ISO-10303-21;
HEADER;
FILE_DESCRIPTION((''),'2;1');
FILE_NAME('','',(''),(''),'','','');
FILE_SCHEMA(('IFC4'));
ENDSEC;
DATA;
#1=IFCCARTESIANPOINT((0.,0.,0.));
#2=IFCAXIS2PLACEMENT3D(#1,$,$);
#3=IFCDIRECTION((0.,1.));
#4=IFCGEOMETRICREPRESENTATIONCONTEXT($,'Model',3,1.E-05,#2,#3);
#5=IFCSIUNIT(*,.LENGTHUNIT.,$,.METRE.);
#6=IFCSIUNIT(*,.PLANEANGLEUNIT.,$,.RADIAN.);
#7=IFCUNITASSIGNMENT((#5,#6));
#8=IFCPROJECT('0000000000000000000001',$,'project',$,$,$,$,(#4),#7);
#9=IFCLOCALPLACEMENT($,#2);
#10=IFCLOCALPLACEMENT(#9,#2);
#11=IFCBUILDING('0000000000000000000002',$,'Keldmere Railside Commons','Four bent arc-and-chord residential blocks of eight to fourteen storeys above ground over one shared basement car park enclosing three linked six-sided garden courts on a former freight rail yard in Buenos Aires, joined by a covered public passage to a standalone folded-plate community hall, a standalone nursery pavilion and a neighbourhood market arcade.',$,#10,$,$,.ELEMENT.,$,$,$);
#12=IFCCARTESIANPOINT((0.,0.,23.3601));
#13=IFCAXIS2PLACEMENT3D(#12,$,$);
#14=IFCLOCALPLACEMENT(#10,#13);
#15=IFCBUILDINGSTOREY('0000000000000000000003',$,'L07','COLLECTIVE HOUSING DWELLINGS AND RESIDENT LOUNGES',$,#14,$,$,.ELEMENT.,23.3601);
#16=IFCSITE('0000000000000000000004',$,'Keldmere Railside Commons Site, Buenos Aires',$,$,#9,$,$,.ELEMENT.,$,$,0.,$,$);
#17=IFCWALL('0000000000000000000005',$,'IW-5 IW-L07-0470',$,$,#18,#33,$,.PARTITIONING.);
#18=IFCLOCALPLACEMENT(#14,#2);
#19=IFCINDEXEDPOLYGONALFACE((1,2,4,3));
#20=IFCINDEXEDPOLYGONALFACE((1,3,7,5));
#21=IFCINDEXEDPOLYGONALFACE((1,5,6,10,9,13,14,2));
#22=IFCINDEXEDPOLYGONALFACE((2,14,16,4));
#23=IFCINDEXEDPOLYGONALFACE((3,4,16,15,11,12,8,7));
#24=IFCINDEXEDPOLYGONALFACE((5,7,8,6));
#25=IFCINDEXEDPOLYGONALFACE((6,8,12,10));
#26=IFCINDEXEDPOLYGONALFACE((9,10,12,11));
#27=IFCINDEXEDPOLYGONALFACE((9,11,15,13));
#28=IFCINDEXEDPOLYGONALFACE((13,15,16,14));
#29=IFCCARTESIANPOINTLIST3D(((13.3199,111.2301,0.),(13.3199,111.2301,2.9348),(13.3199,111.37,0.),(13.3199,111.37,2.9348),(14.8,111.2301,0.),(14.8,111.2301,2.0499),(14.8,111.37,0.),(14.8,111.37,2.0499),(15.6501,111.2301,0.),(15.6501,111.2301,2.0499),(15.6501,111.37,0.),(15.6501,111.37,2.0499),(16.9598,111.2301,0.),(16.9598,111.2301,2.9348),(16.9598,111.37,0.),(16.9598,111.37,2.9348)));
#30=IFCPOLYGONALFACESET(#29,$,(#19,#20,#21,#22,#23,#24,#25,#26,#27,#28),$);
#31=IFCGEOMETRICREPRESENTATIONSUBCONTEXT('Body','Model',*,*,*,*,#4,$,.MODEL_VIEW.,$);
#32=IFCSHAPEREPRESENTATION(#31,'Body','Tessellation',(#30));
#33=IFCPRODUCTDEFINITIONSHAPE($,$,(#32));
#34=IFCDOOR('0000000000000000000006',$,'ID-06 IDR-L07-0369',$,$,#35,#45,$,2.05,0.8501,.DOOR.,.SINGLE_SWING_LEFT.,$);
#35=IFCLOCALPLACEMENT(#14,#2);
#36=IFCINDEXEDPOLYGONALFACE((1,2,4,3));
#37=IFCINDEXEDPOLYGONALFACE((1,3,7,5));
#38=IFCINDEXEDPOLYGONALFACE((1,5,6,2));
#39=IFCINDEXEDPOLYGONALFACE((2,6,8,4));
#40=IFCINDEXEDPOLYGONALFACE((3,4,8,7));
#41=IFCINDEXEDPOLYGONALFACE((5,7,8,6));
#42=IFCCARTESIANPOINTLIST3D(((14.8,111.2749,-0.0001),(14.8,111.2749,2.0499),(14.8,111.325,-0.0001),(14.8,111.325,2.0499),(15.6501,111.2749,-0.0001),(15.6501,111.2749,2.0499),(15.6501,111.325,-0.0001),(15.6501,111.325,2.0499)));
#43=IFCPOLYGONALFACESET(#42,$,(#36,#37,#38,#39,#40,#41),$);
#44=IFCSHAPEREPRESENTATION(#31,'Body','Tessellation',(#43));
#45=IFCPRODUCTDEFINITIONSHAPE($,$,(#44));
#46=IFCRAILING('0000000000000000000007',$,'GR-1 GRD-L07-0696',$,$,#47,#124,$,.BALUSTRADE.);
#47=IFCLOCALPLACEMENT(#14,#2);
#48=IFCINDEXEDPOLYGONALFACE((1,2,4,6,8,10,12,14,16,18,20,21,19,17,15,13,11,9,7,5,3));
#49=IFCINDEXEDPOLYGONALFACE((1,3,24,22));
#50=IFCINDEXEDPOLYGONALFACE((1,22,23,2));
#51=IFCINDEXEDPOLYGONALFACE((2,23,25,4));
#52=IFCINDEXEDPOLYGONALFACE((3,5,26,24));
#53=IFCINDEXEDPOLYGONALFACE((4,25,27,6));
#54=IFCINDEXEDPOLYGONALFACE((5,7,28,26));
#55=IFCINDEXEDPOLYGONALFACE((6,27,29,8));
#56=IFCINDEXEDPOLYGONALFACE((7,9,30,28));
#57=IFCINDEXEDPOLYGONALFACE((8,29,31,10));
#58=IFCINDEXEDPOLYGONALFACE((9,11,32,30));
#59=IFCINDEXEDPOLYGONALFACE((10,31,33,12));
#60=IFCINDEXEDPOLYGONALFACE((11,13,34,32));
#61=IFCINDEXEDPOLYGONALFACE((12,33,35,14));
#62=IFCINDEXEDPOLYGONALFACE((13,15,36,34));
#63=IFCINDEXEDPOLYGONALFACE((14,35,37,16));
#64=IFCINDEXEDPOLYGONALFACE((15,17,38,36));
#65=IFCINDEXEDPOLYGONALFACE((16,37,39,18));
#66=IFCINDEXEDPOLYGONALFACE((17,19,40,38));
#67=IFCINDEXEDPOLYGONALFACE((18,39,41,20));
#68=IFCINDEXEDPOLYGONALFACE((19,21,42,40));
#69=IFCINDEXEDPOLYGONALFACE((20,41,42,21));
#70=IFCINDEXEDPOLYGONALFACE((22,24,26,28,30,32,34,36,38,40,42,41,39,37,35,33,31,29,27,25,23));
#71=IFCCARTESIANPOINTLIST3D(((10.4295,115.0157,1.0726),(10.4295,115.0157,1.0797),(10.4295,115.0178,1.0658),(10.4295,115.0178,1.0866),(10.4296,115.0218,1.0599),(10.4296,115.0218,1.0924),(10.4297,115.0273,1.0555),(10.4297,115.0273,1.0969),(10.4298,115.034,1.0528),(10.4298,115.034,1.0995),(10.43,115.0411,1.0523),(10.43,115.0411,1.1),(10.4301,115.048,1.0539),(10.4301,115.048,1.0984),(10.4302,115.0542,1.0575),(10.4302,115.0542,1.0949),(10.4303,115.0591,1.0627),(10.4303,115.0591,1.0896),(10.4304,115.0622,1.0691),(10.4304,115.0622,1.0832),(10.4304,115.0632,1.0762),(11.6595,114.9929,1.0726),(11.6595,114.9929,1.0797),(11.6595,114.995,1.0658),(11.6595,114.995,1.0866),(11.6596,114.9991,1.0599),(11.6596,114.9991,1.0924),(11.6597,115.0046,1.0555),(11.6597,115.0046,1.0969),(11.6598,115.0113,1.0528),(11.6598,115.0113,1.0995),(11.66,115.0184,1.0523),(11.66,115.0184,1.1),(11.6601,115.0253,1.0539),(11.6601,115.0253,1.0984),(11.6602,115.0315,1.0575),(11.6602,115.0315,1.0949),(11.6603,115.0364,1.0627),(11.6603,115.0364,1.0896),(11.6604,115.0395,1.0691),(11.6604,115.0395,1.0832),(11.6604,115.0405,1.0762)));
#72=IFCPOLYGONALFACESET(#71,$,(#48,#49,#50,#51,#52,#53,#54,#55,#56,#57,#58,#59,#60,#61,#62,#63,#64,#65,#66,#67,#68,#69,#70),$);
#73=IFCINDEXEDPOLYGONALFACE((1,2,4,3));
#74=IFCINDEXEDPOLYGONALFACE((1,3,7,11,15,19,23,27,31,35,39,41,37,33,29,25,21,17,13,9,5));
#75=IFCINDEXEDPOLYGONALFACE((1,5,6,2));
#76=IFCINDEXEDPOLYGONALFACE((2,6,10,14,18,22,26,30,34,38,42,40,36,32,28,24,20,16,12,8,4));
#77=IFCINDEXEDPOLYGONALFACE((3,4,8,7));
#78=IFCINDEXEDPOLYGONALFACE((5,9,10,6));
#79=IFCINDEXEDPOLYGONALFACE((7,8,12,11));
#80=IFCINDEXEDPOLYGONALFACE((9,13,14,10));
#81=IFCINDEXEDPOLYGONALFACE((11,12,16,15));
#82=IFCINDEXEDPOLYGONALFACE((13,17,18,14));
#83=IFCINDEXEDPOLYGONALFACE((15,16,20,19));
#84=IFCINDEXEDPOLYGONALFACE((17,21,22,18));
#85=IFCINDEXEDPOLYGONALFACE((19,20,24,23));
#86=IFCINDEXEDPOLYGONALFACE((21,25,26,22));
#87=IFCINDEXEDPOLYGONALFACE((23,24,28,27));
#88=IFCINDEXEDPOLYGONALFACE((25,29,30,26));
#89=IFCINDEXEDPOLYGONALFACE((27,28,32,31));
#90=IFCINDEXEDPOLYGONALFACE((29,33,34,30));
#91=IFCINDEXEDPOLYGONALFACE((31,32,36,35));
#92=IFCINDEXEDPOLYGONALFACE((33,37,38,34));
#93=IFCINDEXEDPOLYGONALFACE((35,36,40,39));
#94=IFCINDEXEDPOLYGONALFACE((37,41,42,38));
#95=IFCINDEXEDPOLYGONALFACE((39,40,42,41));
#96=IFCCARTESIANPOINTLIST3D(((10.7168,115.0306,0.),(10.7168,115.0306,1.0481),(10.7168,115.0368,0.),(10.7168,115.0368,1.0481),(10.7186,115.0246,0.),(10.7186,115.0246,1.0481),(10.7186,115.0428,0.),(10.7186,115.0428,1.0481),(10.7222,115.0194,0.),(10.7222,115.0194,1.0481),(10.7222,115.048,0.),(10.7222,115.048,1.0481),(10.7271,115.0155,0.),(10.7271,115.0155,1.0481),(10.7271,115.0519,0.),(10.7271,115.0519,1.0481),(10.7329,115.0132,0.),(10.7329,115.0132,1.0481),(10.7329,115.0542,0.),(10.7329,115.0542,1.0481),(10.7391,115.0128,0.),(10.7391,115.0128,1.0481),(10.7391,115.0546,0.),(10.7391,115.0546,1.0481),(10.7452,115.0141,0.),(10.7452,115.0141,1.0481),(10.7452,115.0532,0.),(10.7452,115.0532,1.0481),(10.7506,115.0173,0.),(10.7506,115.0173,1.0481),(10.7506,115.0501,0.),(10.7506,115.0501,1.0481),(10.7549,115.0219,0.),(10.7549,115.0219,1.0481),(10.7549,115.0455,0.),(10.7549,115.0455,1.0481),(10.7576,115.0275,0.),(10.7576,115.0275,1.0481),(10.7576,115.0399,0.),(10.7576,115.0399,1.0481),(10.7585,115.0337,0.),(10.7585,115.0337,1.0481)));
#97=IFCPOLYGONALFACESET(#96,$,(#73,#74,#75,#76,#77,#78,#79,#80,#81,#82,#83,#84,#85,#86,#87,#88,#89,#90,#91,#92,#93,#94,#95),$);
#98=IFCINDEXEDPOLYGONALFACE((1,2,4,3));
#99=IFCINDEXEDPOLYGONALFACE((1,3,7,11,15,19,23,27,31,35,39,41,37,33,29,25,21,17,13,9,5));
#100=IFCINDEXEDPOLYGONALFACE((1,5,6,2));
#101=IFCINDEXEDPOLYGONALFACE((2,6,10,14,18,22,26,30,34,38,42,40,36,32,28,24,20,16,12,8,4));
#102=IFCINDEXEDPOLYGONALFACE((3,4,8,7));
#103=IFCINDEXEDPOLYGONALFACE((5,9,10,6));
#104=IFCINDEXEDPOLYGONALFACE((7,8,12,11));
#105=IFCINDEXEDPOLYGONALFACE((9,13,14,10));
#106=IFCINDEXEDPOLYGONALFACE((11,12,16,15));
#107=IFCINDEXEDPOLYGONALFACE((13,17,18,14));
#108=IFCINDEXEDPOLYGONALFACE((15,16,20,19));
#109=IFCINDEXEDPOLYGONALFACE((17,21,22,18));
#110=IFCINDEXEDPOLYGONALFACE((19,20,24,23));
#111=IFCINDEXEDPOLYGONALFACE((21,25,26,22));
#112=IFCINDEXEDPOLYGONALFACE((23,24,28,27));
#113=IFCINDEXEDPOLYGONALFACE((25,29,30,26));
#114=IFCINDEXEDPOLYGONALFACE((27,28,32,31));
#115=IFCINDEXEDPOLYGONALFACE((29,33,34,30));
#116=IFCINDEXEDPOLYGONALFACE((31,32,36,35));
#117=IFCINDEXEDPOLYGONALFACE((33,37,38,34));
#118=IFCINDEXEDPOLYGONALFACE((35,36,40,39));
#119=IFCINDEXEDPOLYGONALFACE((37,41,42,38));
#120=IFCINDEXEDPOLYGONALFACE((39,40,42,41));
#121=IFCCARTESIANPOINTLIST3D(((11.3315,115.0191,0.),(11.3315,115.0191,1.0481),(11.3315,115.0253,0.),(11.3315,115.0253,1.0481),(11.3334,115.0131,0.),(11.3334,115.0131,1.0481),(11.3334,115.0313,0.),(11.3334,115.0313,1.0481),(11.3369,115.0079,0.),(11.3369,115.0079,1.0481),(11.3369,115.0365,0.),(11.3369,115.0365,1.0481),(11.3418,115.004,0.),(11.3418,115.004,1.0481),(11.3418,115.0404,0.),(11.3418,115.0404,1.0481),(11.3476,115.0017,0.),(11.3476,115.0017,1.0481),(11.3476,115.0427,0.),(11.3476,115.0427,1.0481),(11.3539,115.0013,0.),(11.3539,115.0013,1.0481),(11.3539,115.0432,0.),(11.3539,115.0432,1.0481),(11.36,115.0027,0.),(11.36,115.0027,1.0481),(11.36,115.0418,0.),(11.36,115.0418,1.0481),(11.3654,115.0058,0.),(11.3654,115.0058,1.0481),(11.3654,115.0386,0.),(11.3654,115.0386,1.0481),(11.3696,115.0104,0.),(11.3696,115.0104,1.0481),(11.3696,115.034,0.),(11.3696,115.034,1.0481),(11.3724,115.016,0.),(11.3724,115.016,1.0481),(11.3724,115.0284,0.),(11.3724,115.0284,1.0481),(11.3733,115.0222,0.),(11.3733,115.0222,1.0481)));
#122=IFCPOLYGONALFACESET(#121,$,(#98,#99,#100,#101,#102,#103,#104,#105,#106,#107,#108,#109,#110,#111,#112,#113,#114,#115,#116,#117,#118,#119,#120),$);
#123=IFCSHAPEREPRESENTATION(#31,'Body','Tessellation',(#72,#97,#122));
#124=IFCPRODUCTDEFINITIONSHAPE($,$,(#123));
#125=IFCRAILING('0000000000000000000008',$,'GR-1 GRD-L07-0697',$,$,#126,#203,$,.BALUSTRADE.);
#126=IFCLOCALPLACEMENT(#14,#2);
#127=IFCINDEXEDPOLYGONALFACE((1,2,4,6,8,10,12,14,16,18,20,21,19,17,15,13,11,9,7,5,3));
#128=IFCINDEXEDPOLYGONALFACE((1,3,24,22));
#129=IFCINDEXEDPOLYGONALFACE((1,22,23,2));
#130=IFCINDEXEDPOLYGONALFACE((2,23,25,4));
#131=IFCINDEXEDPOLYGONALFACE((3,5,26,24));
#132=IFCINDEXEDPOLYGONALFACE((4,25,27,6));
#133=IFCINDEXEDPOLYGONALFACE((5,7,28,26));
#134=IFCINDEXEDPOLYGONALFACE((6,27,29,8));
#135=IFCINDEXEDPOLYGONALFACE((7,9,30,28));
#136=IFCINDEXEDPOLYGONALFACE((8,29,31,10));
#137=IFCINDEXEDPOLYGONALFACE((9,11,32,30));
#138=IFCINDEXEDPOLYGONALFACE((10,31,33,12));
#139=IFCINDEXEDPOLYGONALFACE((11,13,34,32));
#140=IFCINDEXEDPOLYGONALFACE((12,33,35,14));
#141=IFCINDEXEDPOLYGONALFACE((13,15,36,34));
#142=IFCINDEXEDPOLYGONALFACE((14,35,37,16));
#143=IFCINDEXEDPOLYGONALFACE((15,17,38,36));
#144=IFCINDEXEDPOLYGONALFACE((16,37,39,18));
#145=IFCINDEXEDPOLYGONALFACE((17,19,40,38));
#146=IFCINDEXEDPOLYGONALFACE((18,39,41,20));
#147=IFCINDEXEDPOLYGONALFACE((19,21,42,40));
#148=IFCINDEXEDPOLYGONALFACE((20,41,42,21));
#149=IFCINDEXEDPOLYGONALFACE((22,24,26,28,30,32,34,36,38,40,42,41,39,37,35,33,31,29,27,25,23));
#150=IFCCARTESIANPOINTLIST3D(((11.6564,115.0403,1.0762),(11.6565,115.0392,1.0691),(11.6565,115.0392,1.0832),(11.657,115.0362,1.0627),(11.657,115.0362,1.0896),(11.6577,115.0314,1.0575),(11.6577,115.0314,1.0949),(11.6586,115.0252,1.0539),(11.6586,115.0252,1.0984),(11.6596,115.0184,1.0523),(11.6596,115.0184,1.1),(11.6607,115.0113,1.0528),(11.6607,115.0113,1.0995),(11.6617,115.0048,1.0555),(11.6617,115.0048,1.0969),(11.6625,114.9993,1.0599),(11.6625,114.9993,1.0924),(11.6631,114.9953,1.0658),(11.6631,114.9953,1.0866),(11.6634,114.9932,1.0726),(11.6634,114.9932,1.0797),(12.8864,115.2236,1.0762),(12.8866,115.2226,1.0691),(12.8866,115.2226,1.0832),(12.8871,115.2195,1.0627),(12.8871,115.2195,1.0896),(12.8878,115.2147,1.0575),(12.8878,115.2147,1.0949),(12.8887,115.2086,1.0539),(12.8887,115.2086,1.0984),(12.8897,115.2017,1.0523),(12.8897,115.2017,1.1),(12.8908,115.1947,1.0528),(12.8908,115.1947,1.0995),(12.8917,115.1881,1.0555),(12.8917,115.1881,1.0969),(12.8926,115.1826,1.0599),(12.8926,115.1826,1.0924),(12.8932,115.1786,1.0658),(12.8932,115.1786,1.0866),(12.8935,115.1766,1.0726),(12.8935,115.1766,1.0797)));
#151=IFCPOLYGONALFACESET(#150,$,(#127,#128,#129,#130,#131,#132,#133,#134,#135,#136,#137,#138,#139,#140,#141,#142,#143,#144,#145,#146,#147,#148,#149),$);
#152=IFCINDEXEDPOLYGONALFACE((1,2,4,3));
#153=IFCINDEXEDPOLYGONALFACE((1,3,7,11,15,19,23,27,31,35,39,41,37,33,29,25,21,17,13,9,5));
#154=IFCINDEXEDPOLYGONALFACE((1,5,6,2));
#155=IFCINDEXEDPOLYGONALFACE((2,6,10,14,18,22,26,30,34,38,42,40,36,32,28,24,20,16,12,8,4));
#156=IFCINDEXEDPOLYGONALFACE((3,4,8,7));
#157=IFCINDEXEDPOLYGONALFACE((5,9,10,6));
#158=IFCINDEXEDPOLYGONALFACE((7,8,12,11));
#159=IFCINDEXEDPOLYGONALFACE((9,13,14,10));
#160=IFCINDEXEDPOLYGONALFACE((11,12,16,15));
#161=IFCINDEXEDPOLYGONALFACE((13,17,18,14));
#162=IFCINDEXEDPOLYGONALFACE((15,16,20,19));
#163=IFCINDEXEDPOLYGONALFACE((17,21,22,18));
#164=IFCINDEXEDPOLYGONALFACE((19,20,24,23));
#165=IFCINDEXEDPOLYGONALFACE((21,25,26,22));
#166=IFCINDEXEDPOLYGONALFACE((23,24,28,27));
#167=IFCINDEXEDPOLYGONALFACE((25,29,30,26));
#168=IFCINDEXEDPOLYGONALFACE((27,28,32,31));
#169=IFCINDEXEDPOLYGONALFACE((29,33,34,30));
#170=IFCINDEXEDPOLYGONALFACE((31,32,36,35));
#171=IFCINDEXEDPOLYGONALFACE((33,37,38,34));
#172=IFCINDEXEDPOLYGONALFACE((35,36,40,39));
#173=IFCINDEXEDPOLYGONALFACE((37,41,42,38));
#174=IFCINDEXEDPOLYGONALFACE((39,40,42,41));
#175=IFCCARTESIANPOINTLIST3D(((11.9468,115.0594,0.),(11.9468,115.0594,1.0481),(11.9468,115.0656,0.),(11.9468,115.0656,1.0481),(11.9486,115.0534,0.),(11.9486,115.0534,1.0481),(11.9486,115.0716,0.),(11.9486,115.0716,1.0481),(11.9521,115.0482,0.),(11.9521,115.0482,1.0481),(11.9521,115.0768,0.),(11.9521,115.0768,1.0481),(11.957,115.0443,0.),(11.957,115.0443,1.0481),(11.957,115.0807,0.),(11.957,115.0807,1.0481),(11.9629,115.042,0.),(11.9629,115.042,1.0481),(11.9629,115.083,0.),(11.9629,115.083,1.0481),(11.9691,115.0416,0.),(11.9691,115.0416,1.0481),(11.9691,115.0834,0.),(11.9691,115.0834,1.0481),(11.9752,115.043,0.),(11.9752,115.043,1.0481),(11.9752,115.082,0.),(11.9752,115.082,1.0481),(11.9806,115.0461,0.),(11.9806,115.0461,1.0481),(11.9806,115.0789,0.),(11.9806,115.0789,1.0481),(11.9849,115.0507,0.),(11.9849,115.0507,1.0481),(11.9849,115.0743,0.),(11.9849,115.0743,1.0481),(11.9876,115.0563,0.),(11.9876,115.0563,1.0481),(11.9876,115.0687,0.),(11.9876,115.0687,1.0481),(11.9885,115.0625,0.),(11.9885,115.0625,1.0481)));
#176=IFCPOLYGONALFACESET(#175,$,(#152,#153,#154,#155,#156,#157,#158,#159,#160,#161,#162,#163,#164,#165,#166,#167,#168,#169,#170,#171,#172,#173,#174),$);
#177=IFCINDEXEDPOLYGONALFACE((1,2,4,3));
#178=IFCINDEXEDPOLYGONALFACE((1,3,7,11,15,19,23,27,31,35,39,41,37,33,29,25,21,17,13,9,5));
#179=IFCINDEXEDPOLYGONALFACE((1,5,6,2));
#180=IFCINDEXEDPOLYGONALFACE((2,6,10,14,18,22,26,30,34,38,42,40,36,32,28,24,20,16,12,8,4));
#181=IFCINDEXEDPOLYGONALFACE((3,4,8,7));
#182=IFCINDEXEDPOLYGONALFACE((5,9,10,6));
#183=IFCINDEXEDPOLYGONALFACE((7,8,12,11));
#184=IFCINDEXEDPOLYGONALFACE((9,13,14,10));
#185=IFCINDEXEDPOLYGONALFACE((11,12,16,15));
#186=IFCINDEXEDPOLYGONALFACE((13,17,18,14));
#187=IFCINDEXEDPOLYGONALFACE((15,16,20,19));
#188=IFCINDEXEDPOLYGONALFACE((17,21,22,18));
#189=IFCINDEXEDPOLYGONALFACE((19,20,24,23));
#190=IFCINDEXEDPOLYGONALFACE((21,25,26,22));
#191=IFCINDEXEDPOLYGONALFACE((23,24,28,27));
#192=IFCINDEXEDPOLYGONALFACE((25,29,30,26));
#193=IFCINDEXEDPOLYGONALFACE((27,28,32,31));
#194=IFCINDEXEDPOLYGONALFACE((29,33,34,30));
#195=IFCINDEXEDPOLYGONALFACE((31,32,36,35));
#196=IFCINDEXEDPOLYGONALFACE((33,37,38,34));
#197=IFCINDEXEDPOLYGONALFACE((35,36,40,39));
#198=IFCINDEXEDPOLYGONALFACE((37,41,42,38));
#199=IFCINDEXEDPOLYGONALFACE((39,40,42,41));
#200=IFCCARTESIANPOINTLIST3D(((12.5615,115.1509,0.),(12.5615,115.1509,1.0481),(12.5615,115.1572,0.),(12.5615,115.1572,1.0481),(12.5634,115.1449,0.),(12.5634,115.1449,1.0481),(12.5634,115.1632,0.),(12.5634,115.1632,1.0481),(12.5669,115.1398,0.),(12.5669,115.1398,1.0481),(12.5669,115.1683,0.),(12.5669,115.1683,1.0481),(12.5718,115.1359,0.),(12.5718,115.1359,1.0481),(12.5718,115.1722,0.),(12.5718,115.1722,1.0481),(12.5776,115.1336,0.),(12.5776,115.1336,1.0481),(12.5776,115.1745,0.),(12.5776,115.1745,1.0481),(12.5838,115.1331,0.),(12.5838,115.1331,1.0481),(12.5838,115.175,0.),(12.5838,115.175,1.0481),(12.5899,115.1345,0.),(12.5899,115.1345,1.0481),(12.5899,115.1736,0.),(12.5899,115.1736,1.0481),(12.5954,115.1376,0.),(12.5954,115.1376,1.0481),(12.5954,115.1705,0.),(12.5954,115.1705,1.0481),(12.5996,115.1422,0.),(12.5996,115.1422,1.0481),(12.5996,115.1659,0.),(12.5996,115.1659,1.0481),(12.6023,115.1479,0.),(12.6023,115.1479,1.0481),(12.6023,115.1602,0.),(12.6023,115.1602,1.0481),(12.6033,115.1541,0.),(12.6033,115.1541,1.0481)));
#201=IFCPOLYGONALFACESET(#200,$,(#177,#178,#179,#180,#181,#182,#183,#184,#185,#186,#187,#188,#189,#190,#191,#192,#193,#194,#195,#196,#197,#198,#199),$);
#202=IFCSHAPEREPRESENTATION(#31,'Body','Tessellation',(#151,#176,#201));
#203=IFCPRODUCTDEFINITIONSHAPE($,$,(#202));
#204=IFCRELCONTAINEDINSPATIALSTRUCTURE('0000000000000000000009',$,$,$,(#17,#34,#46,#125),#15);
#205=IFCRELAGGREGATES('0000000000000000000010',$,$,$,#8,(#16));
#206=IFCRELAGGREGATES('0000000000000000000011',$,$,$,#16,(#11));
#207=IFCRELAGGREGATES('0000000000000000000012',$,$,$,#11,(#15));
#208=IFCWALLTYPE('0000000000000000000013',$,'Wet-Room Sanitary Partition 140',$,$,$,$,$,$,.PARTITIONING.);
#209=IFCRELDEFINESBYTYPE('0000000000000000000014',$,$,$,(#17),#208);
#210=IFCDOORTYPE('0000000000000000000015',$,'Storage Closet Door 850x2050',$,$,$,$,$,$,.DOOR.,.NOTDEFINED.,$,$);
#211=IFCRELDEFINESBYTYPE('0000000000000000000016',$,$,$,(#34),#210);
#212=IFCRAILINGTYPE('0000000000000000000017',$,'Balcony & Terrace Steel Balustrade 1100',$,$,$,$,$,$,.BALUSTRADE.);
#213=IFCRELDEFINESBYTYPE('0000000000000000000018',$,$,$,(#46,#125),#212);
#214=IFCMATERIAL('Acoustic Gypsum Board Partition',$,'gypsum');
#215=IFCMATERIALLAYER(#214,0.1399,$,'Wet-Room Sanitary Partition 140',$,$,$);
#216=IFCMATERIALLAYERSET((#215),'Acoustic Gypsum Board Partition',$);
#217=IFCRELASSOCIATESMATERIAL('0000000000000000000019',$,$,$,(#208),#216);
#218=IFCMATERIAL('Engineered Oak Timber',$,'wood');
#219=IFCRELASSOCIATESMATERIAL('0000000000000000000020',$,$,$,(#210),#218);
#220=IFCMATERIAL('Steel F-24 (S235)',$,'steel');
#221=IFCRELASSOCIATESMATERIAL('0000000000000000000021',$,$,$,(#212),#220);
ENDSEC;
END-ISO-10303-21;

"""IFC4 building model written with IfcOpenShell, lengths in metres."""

from ifc_helpers import new_model, si_unit, direction, frame, frame_2d, origin, origin_2d, place, context, subcontext, project, spatial, rectangle, circle, extrude, material, layer, layer_set, type_object, element, fill, save


model = new_model("IFC4")

# Units and contexts
model_context = context("Model", 3, precision=1e-05, world=origin(), true_north=direction((0.0, 1.0)))
body_context = subcontext(model_context, "Body", "Model", "MODEL_VIEW")
ifc_project = project(units=[si_unit("LENGTHUNIT", "METRE"), si_unit("PLANEANGLEUNIT", "RADIAN")], contexts=[model_context])

# Site, building, storey
site_placement = place(None, origin())
site = spatial("IfcSite", under=ifc_project, at=site_placement, Name="Keldmere Railside Commons Site, Buenos Aires", CompositionType="ELEMENT", RefElevation=0.0)
building_placement = place(site_placement, origin())
building = spatial("IfcBuilding", under=site, at=building_placement, Name="Keldmere Railside Commons", Description="Four bent arc-and-chord residential blocks of eight to fourteen storeys above ground over one shared basement car park enclosing three linked six-sided garden courts on a former freight rail yard in Buenos Aires, joined by a covered public passage to a standalone folded-plate community hall, a standalone nursery pavilion and a neighbourhood market arcade.", CompositionType="ELEMENT")
storey_placement = place(building_placement, frame((0.0, 0.0, 23.3601)))
storey = spatial("IfcBuildingStorey", under=building, at=storey_placement, Name="L07", Description="COLLECTIVE HOUSING DWELLINGS AND RESIDENT LOUNGES", CompositionType="ELEMENT", Elevation=23.3601)

# Shared definitions
ifc_material_1 = material(Name="Acoustic Gypsum Board Partition", Category="gypsum")

# Shared definitions
ifc_material_2 = material(Name="Engineered Oak Timber", Category="wood")

# Wall, opening, door
ifc_material_3 = material(Name="Steel F-24 (S235)", Category="steel")
ifc_layer_1 = layer(ifc_material_1, 0.1399, Name="Wet-Room Sanitary Partition 140")
ifc_layer_set_1 = layer_set([ifc_layer_1], Name="Acoustic Gypsum Board Partition")
wall_type_1 = type_object("IfcWallType", Name="Wet-Room Sanitary Partition 140", PredefinedType="PARTITIONING", material=ifc_layer_set_1)
wall_1_placement = place(storey_placement, frame((13.3201, 111.3, 0.0), z_axis=(0.0, 0.0, 1.0), x_axis=(1.0, 0.0, 0.0)))
wall_1 = element("IfcWall", 1, at=wall_1_placement, inside=storey, type_object=wall_type_1, Name="IW-5 IW-L07-0470", PredefinedType="PARTITIONING", context=body_context, shape_type="SweptSolid", body=[
    extrude(rectangle(XDim=3.6399, YDim=0.1399, at=frame_2d((1.8198, 0.0))), origin(), (0.0, 0.0, 1.0), 2.9348),
])
opening_1_placement = place(wall_1_placement, frame((1.48, 0.0, 0.0)))
opening_1 = element("IfcOpeningElement", 2, at=opening_1_placement, cuts=wall_1, PredefinedType="OPENING", context=body_context, shape_type="SweptSolid", body=[
    extrude(rectangle(XDim=0.8501, YDim=2.05, at=frame_2d((0.425, 1.0249))), frame((0.0, 0.0798, 0.0), z_axis=(0.0, -1.0, 0.0), x_axis=(1.0, 0.0, 0.0)), (0.0, 0.0, 1.0), 0.1599),
])
door_type_1 = type_object("IfcDoorType", Name="Storage Closet Door 850x2050", OperationType="NOTDEFINED", PredefinedType="DOOR", material=ifc_material_2)
door_1_placement = place(opening_1_placement, origin())
door_1 = element("IfcDoor", 3, at=door_1_placement, inside=storey, type_object=door_type_1, Name="ID-06 IDR-L07-0369", OperationType="SINGLE_SWING_LEFT", OverallHeight=2.05, OverallWidth=0.8501, PredefinedType="DOOR", context=body_context, shape_type="SweptSolid", body=[
    extrude(rectangle(XDim=0.8501, YDim=2.05, at=frame_2d((0.425, 1.0249))), frame((0.0, 0.0249, 0.0), z_axis=(0.0, -1.0, 0.0), x_axis=(1.0, 0.0, 0.0)), (0.0, 0.0, 1.0), 0.05),
])
fill(opening_1, door_1)

# Railings
railing_type = type_object("IfcRailingType", Name="Balcony & Terrace Steel Balustrade 1100", PredefinedType="BALUSTRADE", material=ifc_material_3)
railing_1_placement = place(storey_placement, frame((10.4299, 115.0393, 0.0)))
element("IfcRailing", 4, at=railing_1_placement, inside=storey, type_object=railing_type, Name="GR-1 GRD-L07-0696", PredefinedType="BALUSTRADE", context=body_context, shape_type="SweptSolid", body=[
    extrude(circle(Radius=0.0239, at=origin_2d()), frame((0.0, 0.0, 1.0762), z_axis=(0.99983, -0.018457, 0.0), x_axis=(0.018457, 0.99983, 0.0)), (0.0, 0.0, 1.0), 1.2302),
    extrude(circle(Radius=0.021, at=origin_2d()), frame((0.3076, -0.0056, 0.0)), (0.0, 0.0, 1.0), 1.0481),
    extrude(circle(Radius=0.021, at=origin_2d()), frame((0.9224, -0.0171, 0.0)), (0.0, 0.0, 1.0), 1.0481),
])
railing_2_placement = place(storey_placement, frame((11.6599, 115.0166, 0.0)))
element("IfcRailing", 5, at=railing_2_placement, inside=storey, type_object=railing_type, Name="GR-1 GRD-L07-0697", PredefinedType="BALUSTRADE", context=body_context, shape_type="SweptSolid", body=[
    extrude(circle(Radius=0.0239, at=origin_2d()), frame((0.0, 0.0, 1.0762), z_axis=(0.989071, 0.147438, 0.0), x_axis=(-0.147438, 0.989071, 0.0)), (0.0, 0.0, 1.0), 1.2437),
    extrude(circle(Radius=0.021, at=origin_2d()), frame((0.3076, 0.0459, 0.0)), (0.0, 0.0, 1.0), 1.0481),
    extrude(circle(Radius=0.021, at=origin_2d()), frame((0.9224, 0.1375, 0.0)), (0.0, 0.0, 1.0), 1.0481),
])

save(model, "model.ifc")
